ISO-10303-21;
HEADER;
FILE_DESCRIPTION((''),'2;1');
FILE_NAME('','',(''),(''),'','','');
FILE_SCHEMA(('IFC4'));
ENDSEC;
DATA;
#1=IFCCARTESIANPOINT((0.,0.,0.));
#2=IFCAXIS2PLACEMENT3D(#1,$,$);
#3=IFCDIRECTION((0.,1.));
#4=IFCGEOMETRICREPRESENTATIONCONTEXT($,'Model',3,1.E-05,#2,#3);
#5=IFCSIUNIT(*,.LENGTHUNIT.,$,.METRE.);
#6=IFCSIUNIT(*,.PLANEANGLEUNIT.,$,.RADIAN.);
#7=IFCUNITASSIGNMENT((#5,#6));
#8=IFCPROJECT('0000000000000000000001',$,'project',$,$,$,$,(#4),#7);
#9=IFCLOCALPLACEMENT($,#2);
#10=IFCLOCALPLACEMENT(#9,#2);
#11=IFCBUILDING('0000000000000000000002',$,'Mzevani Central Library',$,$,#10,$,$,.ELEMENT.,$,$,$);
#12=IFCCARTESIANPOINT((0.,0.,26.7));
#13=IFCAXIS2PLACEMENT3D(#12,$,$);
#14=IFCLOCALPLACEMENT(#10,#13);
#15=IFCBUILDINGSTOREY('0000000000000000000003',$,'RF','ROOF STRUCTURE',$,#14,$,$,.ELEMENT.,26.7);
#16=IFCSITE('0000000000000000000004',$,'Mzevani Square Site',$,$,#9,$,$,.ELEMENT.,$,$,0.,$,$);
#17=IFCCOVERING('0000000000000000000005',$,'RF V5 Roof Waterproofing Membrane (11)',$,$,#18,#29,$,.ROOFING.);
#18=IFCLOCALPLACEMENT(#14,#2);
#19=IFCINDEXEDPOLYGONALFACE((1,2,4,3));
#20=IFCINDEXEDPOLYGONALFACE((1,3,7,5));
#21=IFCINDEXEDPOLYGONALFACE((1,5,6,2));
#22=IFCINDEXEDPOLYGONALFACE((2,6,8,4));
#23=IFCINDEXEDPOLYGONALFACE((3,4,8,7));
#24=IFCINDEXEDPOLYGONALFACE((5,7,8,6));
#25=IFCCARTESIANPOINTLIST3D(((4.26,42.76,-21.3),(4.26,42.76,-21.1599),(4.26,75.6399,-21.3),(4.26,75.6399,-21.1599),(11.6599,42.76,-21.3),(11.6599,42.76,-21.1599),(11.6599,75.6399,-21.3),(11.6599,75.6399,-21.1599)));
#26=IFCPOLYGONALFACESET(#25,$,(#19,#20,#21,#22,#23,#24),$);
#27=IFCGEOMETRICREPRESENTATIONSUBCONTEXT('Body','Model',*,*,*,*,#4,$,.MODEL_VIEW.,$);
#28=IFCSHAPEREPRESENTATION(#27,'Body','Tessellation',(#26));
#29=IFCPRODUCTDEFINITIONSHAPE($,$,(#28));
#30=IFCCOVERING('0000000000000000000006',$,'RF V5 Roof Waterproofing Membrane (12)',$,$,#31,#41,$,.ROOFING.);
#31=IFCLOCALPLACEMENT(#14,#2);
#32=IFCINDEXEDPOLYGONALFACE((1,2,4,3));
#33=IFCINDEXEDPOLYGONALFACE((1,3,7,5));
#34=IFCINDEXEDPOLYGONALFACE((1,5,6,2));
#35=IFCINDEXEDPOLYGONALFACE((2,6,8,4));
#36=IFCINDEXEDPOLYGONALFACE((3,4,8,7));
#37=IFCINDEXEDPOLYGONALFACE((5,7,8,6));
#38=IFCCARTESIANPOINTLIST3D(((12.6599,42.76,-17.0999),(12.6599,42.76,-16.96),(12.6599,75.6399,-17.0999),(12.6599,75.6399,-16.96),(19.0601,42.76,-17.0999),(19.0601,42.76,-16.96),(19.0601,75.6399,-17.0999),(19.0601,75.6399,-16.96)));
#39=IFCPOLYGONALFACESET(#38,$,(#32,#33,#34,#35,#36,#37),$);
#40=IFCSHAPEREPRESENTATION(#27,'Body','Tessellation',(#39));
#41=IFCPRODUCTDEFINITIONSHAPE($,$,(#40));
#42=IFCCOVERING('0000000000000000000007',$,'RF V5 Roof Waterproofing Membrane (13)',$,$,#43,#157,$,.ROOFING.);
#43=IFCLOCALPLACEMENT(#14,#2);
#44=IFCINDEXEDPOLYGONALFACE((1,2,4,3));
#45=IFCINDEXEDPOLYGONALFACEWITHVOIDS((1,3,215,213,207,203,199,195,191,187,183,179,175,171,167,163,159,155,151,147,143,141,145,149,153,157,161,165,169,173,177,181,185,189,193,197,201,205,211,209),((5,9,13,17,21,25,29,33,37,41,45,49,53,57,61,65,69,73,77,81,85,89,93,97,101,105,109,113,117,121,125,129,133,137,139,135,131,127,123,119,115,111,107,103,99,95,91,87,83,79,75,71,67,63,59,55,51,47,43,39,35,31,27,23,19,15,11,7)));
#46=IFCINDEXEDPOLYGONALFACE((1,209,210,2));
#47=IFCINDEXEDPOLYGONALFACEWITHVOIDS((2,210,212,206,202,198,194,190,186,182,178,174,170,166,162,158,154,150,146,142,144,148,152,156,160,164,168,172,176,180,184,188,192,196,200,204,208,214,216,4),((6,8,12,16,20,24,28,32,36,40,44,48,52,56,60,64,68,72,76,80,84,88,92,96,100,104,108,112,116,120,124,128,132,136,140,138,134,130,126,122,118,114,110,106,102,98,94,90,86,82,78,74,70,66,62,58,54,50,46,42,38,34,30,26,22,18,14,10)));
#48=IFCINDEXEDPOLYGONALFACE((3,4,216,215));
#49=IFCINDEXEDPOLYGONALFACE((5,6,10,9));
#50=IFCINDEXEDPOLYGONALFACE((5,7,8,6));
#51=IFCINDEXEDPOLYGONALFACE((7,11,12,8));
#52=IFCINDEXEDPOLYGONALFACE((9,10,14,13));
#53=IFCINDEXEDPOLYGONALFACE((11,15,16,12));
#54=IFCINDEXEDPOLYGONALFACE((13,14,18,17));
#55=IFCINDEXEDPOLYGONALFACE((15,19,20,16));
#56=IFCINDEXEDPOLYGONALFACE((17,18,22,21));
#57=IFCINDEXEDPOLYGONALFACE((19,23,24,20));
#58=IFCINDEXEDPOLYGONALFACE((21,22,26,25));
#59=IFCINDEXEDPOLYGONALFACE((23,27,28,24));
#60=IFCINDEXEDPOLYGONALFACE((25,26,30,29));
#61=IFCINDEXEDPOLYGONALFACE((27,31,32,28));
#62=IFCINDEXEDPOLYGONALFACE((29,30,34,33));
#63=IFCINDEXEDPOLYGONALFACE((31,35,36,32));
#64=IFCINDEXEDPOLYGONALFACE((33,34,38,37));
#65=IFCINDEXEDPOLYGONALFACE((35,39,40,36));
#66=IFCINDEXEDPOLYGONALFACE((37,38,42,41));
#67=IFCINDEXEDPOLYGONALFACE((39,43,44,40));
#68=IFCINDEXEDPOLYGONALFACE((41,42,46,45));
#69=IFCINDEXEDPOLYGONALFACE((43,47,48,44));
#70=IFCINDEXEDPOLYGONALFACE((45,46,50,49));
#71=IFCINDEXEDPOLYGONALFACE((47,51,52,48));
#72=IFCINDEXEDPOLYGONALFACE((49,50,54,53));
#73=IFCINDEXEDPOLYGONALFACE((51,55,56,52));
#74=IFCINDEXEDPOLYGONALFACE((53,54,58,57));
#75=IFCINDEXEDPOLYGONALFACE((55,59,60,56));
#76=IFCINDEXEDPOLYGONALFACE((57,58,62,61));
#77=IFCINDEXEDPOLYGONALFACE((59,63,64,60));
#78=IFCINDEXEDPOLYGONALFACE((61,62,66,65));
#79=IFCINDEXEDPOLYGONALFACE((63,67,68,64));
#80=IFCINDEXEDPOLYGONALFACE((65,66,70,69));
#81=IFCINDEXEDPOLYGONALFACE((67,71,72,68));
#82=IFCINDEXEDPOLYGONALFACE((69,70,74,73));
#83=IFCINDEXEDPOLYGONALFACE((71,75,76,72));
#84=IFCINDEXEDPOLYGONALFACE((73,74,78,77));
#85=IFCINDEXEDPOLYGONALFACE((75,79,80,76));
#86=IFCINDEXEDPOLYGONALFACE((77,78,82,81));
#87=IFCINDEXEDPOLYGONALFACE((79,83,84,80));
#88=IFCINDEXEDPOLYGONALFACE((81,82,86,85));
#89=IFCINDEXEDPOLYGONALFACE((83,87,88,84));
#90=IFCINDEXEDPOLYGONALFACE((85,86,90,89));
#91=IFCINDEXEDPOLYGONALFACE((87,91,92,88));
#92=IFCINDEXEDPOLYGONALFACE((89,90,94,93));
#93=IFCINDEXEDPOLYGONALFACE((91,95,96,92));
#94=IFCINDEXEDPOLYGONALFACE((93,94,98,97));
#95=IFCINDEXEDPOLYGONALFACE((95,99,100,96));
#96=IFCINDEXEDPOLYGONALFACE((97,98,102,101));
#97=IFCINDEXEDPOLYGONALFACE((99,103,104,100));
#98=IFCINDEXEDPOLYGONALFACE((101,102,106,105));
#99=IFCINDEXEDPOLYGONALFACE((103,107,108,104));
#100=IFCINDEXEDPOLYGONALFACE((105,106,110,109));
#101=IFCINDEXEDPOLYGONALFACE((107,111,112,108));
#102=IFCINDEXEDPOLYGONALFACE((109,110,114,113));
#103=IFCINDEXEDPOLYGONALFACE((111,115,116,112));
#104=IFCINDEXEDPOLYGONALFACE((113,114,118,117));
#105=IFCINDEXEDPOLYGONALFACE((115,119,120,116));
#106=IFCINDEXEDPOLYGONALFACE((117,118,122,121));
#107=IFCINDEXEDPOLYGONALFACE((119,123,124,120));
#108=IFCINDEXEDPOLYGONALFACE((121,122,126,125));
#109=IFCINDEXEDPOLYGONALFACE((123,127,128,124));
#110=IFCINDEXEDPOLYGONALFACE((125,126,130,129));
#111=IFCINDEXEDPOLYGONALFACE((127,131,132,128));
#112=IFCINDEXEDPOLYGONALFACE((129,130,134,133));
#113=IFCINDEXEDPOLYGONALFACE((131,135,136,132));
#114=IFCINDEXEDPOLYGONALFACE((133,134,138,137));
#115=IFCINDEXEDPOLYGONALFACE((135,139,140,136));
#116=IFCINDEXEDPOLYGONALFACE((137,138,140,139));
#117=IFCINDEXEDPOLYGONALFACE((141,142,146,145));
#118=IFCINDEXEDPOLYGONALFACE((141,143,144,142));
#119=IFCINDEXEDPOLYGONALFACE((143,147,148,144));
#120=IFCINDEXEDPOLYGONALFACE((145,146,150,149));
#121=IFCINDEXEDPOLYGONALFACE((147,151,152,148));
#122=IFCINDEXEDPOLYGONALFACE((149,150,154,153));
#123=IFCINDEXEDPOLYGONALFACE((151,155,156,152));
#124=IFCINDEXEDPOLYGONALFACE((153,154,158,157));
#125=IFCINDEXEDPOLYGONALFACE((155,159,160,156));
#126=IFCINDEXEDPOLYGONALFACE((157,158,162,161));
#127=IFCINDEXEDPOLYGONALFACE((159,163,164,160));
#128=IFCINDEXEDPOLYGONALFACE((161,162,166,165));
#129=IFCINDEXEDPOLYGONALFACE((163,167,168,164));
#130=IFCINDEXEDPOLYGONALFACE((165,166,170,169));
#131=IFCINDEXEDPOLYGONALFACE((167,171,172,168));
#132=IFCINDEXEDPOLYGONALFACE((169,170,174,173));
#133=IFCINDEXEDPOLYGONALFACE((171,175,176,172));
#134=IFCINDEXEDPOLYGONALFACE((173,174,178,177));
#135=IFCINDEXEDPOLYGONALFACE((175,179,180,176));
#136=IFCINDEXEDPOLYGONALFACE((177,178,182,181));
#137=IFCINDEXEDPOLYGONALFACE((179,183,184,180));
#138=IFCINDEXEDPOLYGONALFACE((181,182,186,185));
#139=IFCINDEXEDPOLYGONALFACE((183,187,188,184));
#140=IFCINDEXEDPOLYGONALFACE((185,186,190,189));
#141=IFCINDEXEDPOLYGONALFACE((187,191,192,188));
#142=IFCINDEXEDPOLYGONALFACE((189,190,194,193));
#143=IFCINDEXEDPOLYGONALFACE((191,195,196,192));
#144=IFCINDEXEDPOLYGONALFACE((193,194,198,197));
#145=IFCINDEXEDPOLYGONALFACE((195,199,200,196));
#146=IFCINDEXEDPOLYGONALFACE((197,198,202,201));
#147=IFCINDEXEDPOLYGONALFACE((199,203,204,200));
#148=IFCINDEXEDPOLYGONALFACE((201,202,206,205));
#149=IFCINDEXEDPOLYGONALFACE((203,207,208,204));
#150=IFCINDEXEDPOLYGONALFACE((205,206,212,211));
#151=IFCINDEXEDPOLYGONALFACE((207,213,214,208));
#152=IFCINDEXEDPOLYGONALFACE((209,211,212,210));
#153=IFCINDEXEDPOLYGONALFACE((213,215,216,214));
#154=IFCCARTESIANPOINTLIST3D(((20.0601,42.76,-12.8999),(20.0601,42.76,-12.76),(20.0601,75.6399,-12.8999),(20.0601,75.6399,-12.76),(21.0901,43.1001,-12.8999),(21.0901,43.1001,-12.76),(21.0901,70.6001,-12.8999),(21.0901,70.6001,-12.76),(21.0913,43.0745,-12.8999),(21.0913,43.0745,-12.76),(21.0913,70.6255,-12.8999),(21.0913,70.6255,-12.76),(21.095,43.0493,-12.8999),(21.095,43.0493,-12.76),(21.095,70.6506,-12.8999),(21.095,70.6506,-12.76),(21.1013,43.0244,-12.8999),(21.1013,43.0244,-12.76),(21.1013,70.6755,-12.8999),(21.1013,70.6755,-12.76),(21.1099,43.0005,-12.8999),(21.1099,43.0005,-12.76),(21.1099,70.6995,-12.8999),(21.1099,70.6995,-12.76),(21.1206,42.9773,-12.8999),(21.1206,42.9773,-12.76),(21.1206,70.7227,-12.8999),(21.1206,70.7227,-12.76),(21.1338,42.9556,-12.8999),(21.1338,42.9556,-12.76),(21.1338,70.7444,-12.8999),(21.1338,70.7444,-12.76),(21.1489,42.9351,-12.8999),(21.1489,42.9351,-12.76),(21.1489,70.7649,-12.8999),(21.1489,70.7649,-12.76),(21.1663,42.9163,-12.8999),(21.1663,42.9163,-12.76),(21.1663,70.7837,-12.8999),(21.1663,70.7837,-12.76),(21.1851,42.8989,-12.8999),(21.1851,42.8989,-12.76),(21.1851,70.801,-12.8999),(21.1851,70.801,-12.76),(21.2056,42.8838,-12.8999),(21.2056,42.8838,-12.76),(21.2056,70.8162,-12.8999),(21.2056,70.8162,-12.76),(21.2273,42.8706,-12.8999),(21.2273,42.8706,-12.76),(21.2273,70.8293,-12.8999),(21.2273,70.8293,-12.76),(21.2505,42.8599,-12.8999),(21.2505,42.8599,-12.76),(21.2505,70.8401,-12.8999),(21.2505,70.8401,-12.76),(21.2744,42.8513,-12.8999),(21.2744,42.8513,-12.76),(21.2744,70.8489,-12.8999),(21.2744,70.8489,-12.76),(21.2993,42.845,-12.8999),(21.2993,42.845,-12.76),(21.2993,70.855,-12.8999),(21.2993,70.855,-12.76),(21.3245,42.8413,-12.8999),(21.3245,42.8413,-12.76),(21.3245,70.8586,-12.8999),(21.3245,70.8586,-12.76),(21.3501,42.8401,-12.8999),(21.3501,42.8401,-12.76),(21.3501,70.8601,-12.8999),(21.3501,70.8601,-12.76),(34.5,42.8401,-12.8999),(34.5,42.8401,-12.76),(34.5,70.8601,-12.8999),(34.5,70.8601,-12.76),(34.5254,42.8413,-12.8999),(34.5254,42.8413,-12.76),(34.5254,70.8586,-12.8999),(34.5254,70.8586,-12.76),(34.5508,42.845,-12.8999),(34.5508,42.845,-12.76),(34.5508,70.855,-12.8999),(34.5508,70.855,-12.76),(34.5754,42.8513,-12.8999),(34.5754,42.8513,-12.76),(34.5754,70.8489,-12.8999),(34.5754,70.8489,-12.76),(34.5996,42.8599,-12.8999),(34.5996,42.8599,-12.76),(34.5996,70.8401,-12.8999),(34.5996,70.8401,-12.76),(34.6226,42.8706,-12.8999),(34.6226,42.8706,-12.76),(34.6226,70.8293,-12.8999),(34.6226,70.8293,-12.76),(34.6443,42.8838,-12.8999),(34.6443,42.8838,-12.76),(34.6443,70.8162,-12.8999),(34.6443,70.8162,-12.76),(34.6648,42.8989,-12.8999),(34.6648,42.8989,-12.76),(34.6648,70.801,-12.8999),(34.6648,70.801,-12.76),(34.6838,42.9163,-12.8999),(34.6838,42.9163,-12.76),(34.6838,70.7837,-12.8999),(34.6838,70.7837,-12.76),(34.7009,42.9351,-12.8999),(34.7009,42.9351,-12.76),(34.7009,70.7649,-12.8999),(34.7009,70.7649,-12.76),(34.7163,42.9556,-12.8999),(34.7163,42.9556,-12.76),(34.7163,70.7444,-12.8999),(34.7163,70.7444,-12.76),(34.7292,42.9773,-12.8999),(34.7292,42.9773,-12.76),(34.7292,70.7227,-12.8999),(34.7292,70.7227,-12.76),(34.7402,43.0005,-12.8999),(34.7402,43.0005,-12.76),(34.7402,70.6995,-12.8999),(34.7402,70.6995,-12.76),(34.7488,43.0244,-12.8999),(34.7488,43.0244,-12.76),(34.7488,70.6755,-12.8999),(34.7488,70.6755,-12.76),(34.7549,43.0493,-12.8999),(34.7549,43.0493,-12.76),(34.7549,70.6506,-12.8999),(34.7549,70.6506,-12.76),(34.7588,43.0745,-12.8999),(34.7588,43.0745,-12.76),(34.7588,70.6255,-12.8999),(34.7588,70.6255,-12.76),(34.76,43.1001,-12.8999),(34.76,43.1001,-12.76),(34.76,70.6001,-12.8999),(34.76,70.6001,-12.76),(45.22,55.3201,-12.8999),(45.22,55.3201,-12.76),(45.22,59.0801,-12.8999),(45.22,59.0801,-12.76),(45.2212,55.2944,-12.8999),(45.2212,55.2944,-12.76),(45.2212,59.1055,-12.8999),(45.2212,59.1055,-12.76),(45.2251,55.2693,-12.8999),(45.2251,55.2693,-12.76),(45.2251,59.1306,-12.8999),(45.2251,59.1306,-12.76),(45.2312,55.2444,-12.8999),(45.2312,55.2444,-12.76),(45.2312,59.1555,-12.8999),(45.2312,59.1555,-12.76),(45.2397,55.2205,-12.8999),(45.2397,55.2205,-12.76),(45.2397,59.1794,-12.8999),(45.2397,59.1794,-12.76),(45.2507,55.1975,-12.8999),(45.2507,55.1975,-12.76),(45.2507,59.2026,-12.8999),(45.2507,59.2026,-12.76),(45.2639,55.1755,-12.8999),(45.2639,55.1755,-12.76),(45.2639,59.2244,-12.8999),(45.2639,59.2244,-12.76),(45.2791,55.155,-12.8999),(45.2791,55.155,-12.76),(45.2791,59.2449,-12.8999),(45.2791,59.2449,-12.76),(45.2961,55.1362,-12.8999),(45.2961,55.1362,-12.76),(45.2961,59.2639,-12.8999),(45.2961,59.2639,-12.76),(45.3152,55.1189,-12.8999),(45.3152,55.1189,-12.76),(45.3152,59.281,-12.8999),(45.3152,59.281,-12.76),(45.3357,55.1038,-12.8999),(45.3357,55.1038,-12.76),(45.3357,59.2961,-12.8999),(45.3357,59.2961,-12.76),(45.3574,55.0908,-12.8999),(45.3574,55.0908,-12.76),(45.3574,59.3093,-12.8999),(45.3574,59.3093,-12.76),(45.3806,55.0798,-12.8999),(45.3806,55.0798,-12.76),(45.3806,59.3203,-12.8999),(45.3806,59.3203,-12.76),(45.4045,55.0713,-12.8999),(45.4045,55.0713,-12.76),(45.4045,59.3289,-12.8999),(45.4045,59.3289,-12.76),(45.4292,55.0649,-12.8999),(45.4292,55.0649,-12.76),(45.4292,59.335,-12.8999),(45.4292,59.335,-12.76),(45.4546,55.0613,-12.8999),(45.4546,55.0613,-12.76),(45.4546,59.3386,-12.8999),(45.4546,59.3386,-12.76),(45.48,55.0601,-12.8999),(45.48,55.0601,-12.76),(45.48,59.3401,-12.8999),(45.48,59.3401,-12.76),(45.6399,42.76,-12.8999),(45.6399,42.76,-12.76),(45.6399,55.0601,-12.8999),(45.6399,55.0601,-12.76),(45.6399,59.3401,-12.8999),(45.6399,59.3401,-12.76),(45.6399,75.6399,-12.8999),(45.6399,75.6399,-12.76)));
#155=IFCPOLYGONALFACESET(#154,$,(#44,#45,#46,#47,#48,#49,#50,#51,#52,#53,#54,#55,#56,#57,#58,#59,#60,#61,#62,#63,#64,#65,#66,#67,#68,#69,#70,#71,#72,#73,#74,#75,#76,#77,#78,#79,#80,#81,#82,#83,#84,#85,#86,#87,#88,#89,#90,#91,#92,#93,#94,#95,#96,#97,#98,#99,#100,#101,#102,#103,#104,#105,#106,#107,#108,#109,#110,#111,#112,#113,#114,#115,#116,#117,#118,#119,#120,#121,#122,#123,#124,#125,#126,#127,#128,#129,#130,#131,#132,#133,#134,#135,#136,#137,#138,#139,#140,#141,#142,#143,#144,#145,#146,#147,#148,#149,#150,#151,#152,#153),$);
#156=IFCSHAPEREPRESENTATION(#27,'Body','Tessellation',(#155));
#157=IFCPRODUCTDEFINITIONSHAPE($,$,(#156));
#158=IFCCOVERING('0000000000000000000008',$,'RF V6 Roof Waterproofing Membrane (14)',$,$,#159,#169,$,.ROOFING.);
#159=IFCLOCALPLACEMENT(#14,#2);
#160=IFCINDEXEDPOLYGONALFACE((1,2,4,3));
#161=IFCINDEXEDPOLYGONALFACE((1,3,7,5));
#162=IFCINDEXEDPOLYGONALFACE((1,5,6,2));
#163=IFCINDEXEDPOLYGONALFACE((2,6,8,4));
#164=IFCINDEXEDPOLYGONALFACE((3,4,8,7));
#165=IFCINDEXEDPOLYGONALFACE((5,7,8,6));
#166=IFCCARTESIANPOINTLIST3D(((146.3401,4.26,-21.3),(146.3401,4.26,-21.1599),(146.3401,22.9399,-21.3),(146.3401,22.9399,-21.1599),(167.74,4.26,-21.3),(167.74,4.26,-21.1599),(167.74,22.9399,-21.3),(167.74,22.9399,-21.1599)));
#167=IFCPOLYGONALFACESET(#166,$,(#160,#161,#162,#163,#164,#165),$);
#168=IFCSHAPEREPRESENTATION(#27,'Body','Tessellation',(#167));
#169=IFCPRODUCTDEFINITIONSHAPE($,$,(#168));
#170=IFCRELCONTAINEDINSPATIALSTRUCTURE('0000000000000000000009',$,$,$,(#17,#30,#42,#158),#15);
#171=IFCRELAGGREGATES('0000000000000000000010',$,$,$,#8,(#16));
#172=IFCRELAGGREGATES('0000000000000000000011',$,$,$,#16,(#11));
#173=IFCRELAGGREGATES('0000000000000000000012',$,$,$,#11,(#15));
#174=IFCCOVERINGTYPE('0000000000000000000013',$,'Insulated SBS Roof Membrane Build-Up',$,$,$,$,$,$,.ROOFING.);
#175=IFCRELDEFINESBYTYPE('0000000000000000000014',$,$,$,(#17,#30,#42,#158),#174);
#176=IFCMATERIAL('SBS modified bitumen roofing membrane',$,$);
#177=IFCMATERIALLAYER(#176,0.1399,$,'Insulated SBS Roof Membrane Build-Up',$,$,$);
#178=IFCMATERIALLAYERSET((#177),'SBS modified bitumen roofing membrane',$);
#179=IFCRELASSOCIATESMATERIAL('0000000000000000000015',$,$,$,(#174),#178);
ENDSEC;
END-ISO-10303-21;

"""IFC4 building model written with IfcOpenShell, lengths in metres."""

from ifc_helpers import new_model, si_unit, direction, frame, origin, place, context, subcontext, project, spatial, polyline, outline, extrude, material, layer, layer_set, type_object, element, save


model = new_model("IFC4")

# Units and contexts
model_context = context("Model", 3, precision=1e-05, world=origin(), true_north=direction((0.0, 1.0)))
body_context = subcontext(model_context, "Body", "Model", "MODEL_VIEW")
ifc_project = project(units=[si_unit("LENGTHUNIT", "METRE"), si_unit("PLANEANGLEUNIT", "RADIAN")], contexts=[model_context])

# Site, building, storey
site_placement = place(None, origin())
site = spatial("IfcSite", under=ifc_project, at=site_placement, Name="Mzevani Square Site", CompositionType="ELEMENT", RefElevation=0.0)
building_placement = place(site_placement, origin())
building = spatial("IfcBuilding", under=site, at=building_placement, Name="Mzevani Central Library", CompositionType="ELEMENT")
storey_placement = place(building_placement, frame((0.0, 0.0, 26.7)))
storey = spatial("IfcBuildingStorey", under=building, at=storey_placement, Name="RF", Description="ROOF STRUCTURE", CompositionType="ELEMENT", Elevation=26.7)

# Coverings
ifc_material_1 = material(Name="SBS modified bitumen roofing membrane")
ifc_layer_1 = layer(ifc_material_1, 0.1399, Name="Insulated SBS Roof Membrane Build-Up")
ifc_layer_set_1 = layer_set([ifc_layer_1], Name="SBS modified bitumen roofing membrane")
covering_type = type_object("IfcCoveringType", Name="Insulated SBS Roof Membrane Build-Up", PredefinedType="ROOFING", material=ifc_layer_set_1)
covering_1_placement = place(storey_placement, frame((0.0, 0.0, -21.3)))
element("IfcCovering", 1, at=covering_1_placement, inside=storey, type_object=covering_type, Name="RF V5 Roof Waterproofing Membrane (11)", PredefinedType="ROOFING", context=body_context, shape_type="SweptSolid", body=[
    extrude(outline(polyline([(4.26, 42.76), (4.26, 75.6399), (11.6599, 75.6399), (11.6599, 42.76), (4.26, 42.76)])), origin(), (0.0, 0.0, 1.0), 0.1401),
])
covering_2_placement = place(storey_placement, frame((0.0, 0.0, -17.0999)))
element("IfcCovering", 2, at=covering_2_placement, inside=storey, type_object=covering_type, Name="RF V5 Roof Waterproofing Membrane (12)", PredefinedType="ROOFING", context=body_context, shape_type="SweptSolid", body=[
    extrude(outline(polyline([(19.0601, 42.76), (12.6599, 42.76), (12.6599, 75.6399), (19.0601, 75.6399), (19.0601, 42.76)])), origin(), (0.0, 0.0, 1.0), 0.1399),
])
covering_3_placement = place(storey_placement, frame((0.0, 0.0, -12.8999)))
element("IfcCovering", 3, at=covering_3_placement, inside=storey, type_object=covering_type, Name="RF V5 Roof Waterproofing Membrane (13)", PredefinedType="ROOFING", context=body_context, shape_type="SweptSolid", body=[
    extrude(outline(polyline([(45.22, 55.3201), (45.2212, 55.2944), (45.2251, 55.2693), (45.2312, 55.2444), (45.2397, 55.2205), (45.2507, 55.1975), (45.2639, 55.1755), (45.2791, 55.155), (45.2961, 55.1362), (45.3152, 55.1189), (45.3357, 55.1038), (45.3574, 55.0908), (45.3806, 55.0798), (45.4045, 55.0713), (45.4292, 55.0649), (45.4546, 55.0613), (45.48, 55.0601), (45.6399, 55.0601), (45.6399, 42.76), (20.0601, 42.76), (20.0601, 75.6399), (45.6399, 75.6399), (45.6399, 59.3401), (45.48, 59.3401), (45.4546, 59.3386), (45.4292, 59.335), (45.4045, 59.3289), (45.3806, 59.3203), (45.3574, 59.3093), (45.3357, 59.2961), (45.3152, 59.281), (45.2961, 59.2639), (45.2791, 59.2449), (45.2639, 59.2244), (45.2507, 59.2026), (45.2397, 59.1794), (45.2312, 59.1555), (45.2251, 59.1306), (45.2212, 59.1055), (45.22, 59.0801), (45.22, 55.3201)]), holes=[polyline([(34.5, 42.8401), (34.5254, 42.8413), (34.5508, 42.845), (34.5754, 42.8513), (34.5996, 42.8599), (34.6226, 42.8706), (34.6443, 42.8838), (34.6648, 42.8989), (34.6838, 42.9163), (34.7009, 42.9351), (34.7163, 42.9556), (34.7292, 42.9773), (34.7402, 43.0005), (34.7488, 43.0244), (34.7549, 43.0493), (34.7588, 43.0745), (34.76, 43.1001), (34.76, 70.6001), (34.7588, 70.6255), (34.7549, 70.6506), (34.7488, 70.6755), (34.7402, 70.6995), (34.7292, 70.7227), (34.7163, 70.7444), (34.7009, 70.7649), (34.6838, 70.7837), (34.6648, 70.801), (34.6443, 70.8162), (34.6226, 70.8293), (34.5996, 70.8401), (34.5754, 70.8489), (34.5508, 70.855), (34.5254, 70.8586), (34.5, 70.8601), (21.3501, 70.8601), (21.3245, 70.8586), (21.2993, 70.855), (21.2744, 70.8489), (21.2505, 70.8401), (21.2273, 70.8293), (21.2056, 70.8162), (21.1851, 70.801), (21.1663, 70.7837), (21.1489, 70.7649), (21.1338, 70.7444), (21.1206, 70.7227), (21.1099, 70.6995), (21.1013, 70.6755), (21.095, 70.6506), (21.0913, 70.6255), (21.0901, 70.6001), (21.0901, 43.1001), (21.0913, 43.0745), (21.095, 43.0493), (21.1013, 43.0244), (21.1099, 43.0005), (21.1206, 42.9773), (21.1338, 42.9556), (21.1489, 42.9351), (21.1663, 42.9163), (21.1851, 42.8989), (21.2056, 42.8838), (21.2273, 42.8706), (21.2505, 42.8599), (21.2744, 42.8513), (21.2993, 42.845), (21.3245, 42.8413), (21.3501, 42.8401), (34.5, 42.8401)])]), origin(), (0.0, 0.0, 1.0), 0.1399),
])
covering_4_placement = place(storey_placement, frame((0.0, 0.0, -21.3)))
element("IfcCovering", 4, at=covering_4_placement, inside=storey, type_object=covering_type, Name="RF V6 Roof Waterproofing Membrane (14)", PredefinedType="ROOFING", context=body_context, shape_type="SweptSolid", body=[
    extrude(outline(polyline([(167.74, 4.26), (146.3401, 4.26), (146.3401, 22.9399), (167.74, 22.9399), (167.74, 4.26)])), origin(), (0.0, 0.0, 1.0), 0.1401),
])

save(model, "model.ifc")
